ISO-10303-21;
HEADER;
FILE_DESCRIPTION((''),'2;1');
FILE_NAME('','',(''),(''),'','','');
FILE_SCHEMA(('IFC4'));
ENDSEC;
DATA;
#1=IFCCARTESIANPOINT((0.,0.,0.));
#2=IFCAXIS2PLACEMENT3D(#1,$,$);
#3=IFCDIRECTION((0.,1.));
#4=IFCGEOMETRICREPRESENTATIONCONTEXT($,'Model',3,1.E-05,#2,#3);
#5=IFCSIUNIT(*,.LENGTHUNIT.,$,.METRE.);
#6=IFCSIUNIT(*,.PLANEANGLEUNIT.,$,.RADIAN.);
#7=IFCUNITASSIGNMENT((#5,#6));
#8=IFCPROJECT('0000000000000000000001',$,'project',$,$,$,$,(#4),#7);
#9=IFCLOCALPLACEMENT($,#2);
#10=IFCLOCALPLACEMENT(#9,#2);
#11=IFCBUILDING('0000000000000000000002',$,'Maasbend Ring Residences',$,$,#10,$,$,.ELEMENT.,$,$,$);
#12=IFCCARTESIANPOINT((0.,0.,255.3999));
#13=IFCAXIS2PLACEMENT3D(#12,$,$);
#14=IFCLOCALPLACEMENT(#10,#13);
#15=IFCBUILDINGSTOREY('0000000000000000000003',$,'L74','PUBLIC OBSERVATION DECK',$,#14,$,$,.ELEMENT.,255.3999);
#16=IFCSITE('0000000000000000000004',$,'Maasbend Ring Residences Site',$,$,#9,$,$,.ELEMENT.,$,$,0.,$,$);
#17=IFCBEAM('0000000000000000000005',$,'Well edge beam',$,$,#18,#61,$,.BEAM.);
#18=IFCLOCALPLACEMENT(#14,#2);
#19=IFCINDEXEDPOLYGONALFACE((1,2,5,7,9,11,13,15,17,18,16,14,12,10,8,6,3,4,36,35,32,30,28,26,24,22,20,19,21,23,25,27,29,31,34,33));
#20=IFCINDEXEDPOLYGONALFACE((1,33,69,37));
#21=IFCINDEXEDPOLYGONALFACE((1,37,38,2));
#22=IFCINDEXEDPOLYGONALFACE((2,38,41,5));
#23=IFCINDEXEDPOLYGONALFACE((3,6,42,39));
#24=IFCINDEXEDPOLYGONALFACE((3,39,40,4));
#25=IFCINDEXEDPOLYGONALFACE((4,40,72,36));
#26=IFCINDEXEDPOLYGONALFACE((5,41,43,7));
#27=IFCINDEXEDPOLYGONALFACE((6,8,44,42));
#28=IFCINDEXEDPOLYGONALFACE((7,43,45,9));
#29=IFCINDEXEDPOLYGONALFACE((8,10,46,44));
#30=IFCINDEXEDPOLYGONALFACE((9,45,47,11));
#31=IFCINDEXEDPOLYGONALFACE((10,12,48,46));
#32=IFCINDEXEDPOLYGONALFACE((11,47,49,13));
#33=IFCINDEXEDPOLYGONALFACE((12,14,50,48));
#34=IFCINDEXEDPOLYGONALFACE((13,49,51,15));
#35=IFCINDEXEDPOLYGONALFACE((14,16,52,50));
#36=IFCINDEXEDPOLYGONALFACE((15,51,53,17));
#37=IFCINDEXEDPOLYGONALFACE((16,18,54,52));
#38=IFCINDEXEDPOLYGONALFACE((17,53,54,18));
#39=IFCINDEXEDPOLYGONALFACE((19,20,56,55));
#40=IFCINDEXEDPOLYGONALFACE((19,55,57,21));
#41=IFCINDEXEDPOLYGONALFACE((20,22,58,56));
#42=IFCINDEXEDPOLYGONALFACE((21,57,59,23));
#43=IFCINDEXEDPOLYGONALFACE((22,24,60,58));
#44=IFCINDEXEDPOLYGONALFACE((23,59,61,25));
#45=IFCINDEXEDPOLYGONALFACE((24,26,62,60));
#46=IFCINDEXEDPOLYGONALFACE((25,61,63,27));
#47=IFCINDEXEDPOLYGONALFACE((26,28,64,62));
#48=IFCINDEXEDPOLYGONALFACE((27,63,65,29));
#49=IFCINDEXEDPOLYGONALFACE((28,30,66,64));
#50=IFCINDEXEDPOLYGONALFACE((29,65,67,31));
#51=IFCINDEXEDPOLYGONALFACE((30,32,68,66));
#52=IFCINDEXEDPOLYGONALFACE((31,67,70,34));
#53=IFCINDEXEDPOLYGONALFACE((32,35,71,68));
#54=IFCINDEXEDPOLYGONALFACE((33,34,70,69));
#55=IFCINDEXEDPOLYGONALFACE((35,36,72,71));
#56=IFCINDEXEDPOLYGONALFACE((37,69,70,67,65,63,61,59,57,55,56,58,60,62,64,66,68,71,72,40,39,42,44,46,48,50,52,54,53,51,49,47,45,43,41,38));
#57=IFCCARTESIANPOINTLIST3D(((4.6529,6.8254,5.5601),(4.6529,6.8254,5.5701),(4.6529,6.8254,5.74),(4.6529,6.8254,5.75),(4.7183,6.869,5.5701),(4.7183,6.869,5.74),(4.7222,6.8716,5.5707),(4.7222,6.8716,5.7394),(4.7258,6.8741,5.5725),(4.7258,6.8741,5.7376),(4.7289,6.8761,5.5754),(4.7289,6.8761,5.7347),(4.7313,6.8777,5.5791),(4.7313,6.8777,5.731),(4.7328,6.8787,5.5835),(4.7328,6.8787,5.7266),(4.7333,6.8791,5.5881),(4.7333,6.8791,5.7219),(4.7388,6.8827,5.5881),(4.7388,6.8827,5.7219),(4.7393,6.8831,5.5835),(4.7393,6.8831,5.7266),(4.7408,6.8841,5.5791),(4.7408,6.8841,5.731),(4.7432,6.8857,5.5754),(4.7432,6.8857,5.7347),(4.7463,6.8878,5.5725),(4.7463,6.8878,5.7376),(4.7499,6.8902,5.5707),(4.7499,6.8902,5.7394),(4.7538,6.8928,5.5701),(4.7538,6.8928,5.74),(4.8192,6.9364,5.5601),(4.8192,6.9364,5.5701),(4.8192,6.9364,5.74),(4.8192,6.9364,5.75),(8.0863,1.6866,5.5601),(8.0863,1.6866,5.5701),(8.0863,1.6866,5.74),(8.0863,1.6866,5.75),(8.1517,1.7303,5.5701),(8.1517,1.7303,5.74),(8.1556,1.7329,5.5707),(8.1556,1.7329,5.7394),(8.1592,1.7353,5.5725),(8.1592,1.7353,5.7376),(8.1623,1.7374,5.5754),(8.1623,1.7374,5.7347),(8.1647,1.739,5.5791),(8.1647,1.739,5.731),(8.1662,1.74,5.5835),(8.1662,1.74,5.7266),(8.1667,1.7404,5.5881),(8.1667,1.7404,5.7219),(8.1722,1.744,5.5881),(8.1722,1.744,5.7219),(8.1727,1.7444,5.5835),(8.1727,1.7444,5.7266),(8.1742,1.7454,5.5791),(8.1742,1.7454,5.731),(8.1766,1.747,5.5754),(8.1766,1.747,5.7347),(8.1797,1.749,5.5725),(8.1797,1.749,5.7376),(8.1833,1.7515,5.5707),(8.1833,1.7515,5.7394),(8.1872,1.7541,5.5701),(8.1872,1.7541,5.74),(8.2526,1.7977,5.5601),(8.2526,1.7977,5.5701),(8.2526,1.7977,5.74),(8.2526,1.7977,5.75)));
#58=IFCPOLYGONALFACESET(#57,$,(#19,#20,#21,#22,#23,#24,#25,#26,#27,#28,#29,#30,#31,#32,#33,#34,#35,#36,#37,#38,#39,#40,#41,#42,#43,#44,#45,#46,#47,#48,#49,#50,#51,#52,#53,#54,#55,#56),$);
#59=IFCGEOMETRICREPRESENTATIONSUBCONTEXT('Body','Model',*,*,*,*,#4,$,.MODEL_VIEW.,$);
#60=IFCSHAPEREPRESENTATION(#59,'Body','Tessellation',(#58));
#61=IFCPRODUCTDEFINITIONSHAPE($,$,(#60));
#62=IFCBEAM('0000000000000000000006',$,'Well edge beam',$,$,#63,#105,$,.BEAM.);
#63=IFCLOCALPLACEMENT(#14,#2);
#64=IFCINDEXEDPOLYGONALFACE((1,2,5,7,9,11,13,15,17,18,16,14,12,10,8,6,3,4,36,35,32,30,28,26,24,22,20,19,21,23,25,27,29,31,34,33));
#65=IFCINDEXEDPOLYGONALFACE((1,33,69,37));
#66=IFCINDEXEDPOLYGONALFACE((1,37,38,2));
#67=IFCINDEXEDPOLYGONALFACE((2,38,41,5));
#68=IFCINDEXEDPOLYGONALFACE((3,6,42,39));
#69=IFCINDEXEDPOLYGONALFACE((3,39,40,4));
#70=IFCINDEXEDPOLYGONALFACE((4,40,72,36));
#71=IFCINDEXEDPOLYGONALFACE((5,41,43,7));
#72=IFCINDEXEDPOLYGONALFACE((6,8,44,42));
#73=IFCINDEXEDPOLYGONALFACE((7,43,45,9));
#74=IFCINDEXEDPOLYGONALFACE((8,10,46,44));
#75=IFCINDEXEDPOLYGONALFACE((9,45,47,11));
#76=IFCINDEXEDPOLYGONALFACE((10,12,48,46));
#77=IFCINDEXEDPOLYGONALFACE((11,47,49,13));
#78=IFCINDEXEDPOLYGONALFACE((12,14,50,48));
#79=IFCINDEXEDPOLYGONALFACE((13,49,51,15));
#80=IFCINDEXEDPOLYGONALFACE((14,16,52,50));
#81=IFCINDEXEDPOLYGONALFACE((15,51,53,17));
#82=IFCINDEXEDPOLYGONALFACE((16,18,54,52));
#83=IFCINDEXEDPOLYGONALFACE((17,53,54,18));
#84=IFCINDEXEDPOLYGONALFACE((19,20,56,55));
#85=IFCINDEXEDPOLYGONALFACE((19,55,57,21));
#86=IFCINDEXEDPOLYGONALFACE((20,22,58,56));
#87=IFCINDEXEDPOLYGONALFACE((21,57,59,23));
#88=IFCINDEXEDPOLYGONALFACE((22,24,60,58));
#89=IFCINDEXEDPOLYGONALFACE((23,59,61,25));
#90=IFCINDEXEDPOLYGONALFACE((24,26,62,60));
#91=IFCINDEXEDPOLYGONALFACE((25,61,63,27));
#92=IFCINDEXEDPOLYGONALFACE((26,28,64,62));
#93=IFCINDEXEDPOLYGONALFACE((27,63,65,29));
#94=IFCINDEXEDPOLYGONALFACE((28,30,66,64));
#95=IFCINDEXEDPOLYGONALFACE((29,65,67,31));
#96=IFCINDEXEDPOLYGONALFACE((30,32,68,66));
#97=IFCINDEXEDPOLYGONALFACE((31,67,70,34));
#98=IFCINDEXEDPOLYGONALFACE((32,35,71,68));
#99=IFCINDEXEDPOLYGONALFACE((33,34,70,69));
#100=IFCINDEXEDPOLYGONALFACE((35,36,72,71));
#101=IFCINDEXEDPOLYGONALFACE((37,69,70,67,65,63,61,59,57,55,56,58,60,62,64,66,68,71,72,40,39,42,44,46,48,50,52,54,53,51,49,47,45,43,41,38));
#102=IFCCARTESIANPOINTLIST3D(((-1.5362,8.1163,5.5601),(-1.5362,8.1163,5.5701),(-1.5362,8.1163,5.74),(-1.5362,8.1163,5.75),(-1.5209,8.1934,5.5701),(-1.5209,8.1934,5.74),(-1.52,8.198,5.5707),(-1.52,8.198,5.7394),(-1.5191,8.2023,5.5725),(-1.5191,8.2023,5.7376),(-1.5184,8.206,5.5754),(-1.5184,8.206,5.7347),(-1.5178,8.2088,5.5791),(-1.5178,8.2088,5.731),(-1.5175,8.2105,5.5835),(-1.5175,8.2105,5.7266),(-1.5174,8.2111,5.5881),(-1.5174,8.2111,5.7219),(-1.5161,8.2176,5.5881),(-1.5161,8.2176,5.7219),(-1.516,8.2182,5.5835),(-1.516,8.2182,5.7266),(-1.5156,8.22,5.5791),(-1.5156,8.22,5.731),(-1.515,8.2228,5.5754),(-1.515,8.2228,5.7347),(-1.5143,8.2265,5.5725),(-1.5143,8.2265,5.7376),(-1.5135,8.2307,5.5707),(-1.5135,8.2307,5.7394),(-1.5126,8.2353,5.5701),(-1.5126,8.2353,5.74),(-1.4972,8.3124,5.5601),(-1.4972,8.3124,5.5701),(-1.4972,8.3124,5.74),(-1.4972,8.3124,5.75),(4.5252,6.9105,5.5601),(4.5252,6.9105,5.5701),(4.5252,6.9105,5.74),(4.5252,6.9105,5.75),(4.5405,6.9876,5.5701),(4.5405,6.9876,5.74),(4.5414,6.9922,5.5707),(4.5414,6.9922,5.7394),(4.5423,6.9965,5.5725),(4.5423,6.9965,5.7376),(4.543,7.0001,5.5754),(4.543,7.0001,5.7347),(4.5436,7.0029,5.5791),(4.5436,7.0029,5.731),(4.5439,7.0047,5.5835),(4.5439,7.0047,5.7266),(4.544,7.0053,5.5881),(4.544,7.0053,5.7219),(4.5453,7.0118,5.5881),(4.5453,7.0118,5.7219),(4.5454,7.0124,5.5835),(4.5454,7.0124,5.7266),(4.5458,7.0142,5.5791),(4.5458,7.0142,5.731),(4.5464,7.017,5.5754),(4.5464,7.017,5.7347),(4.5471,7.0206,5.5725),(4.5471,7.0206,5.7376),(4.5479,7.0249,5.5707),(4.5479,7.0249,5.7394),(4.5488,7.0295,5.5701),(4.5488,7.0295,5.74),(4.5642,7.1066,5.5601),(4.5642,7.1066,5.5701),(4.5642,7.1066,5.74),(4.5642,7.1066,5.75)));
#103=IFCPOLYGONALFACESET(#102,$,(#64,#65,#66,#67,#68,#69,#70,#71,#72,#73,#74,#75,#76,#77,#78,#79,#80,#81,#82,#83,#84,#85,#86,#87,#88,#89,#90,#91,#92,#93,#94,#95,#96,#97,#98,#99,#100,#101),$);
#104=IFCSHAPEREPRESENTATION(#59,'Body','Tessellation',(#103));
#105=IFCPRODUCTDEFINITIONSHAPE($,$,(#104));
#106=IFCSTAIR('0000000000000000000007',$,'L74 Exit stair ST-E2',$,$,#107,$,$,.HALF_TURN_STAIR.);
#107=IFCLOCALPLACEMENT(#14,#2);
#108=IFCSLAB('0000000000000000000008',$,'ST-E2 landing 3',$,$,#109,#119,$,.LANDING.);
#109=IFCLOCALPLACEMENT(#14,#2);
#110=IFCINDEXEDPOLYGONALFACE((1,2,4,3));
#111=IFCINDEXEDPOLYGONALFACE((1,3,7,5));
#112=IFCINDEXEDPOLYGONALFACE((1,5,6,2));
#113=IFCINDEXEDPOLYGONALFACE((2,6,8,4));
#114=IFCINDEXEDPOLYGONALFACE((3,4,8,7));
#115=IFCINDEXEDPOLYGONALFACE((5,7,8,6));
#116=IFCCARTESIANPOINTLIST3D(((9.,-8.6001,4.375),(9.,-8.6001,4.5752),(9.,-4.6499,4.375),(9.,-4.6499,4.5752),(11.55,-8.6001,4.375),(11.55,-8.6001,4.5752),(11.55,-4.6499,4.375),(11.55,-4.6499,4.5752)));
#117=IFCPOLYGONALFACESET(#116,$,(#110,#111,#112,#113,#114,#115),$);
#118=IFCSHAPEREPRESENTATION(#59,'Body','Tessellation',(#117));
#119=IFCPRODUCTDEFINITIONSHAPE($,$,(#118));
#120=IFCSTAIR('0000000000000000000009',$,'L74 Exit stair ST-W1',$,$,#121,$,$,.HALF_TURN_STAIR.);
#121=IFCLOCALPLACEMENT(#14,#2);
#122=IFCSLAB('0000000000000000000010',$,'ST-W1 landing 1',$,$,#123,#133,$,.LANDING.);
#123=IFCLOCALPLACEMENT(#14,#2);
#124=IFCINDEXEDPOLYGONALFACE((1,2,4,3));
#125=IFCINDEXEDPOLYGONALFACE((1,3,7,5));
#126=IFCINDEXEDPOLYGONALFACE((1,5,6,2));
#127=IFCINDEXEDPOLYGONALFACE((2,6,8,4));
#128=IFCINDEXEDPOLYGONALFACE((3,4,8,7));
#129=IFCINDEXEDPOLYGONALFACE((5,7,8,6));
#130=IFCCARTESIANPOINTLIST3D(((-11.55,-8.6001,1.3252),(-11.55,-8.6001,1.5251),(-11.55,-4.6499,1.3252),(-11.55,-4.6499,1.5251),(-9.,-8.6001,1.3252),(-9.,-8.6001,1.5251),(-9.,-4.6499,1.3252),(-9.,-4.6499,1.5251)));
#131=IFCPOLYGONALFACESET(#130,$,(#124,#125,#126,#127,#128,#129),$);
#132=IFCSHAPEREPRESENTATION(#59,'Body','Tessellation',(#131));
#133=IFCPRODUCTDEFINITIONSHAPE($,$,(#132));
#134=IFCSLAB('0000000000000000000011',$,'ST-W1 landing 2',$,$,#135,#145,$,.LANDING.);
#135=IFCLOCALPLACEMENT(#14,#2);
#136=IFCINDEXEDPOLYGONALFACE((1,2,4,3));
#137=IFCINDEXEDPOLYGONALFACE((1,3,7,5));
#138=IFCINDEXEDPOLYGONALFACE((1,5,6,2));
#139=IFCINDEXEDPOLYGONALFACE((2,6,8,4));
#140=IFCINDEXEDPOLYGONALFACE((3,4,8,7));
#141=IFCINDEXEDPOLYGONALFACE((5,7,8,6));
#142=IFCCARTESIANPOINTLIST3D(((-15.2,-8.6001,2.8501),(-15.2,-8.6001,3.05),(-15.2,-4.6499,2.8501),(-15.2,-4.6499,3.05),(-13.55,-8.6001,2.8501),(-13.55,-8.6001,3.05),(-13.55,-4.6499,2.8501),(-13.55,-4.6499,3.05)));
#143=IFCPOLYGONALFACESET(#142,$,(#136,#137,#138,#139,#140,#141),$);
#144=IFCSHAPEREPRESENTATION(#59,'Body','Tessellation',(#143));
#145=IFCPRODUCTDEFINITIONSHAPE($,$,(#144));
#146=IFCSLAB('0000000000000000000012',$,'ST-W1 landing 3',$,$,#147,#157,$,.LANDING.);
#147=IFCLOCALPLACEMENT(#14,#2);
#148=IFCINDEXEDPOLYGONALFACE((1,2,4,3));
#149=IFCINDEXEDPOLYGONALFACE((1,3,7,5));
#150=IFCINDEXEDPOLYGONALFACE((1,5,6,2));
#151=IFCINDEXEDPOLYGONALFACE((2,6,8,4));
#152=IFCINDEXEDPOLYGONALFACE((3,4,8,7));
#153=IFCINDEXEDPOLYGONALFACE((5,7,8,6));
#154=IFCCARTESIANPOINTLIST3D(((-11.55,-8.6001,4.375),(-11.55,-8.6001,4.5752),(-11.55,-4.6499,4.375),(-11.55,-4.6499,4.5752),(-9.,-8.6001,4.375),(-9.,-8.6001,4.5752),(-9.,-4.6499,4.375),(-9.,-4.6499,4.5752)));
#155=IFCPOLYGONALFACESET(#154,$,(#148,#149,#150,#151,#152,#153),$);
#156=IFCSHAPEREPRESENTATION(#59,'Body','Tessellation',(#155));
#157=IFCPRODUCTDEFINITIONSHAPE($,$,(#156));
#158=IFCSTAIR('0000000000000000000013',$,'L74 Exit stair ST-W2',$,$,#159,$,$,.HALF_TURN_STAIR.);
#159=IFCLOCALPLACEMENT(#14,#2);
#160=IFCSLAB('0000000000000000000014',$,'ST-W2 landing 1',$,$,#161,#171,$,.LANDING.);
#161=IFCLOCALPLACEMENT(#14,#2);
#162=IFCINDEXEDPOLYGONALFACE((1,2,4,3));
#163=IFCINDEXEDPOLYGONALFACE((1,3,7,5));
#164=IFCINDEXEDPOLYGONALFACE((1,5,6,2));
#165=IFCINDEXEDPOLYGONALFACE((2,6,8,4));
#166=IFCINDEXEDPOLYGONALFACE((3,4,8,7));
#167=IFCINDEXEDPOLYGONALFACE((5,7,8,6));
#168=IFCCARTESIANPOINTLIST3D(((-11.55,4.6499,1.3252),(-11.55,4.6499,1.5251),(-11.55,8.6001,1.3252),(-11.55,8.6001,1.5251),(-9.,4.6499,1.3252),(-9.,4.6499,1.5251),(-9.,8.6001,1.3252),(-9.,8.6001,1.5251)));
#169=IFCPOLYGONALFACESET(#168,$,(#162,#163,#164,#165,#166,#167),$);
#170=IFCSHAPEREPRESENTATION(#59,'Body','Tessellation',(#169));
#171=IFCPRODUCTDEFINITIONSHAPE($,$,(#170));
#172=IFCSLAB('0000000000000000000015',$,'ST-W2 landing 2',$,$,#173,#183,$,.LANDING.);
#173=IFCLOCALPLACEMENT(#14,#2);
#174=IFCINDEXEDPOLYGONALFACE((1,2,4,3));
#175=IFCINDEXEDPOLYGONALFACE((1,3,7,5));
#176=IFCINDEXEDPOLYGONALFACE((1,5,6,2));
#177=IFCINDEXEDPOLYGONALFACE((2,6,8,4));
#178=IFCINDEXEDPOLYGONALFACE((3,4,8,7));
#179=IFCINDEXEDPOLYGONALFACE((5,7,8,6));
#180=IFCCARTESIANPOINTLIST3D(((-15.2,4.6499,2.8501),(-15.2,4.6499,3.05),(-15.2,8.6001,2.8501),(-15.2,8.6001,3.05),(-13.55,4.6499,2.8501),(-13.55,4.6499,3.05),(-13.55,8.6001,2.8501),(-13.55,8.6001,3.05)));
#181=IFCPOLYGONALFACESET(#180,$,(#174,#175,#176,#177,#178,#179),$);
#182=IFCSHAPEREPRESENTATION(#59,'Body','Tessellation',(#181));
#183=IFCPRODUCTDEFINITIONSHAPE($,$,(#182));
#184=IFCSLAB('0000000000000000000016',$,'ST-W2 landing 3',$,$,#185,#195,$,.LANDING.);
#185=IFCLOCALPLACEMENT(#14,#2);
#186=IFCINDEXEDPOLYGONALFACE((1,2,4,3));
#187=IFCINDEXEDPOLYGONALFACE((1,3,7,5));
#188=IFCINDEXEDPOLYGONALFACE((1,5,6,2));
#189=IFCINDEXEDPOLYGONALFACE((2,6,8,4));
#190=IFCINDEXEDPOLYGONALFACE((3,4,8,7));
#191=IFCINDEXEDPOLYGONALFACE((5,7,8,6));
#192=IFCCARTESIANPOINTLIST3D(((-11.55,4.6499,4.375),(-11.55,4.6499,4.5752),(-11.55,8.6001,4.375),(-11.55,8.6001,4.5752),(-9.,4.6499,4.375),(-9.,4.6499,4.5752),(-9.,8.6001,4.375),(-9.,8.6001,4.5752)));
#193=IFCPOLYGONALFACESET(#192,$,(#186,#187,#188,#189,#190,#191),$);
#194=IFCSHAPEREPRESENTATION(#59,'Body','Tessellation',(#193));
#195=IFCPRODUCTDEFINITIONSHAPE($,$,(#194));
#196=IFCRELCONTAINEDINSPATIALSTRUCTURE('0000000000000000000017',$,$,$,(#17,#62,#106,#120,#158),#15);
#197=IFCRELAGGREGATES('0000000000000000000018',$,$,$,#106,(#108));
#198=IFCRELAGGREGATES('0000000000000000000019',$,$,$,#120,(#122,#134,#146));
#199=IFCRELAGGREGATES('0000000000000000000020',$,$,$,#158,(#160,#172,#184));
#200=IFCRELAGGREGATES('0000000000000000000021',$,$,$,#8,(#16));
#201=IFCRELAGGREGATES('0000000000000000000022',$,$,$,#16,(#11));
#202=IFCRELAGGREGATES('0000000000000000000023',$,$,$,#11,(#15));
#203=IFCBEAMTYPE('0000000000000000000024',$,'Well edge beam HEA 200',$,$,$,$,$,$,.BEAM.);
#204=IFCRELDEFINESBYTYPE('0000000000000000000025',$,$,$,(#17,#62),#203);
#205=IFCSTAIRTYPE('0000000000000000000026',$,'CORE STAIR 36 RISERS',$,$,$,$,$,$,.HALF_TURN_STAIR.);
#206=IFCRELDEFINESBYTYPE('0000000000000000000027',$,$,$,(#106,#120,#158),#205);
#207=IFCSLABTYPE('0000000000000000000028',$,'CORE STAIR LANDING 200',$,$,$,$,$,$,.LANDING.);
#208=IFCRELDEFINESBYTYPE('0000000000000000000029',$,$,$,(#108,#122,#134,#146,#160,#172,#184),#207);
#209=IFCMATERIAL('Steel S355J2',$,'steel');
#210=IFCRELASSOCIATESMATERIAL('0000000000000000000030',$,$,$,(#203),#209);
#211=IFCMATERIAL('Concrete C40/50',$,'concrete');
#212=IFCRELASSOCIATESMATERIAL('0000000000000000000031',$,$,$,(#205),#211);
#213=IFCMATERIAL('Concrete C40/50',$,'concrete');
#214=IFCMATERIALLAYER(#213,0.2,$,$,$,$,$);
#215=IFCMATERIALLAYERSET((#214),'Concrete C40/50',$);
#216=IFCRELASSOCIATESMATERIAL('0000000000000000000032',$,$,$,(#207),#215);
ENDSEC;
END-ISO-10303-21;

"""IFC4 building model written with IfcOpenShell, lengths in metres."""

from ifc_helpers import new_model, si_unit, direction, frame, origin, origin_2d, place, context, subcontext, project, spatial, polyline, i_section, outline, extrude, material, layer, layer_set, material_profile, profile_set, type_object, element, aggregate, save


model = new_model("IFC4")

# Units and contexts
model_context = context("Model", 3, precision=1e-05, world=origin(), true_north=direction((0.0, 1.0)))
body_context = subcontext(model_context, "Body", "Model", "MODEL_VIEW")
ifc_project = project(units=[si_unit("LENGTHUNIT", "METRE"), si_unit("PLANEANGLEUNIT", "RADIAN")], contexts=[model_context])

# Site, building, storey
site_placement = place(None, origin())
site = spatial("IfcSite", under=ifc_project, at=site_placement, Name="Maasbend Ring Residences Site", CompositionType="ELEMENT", RefElevation=0.0)
building_placement = place(site_placement, origin())
building = spatial("IfcBuilding", under=site, at=building_placement, Name="Maasbend Ring Residences", CompositionType="ELEMENT")
storey_placement = place(building_placement, frame((0.0, 0.0, 255.3999)))
storey = spatial("IfcBuildingStorey", under=building, at=storey_placement, Name="L74", Description="PUBLIC OBSERVATION DECK", CompositionType="ELEMENT", Elevation=255.3999)

# Beams
ifc_material_1 = material(Name="Steel S355J2", Category="steel")
ifc_material_profile_1 = material_profile(ifc_material_1, i_section(OverallWidth=0.2, OverallDepth=0.1899, WebThickness=0.0066, FlangeThickness=0.01, FilletRadius=0.0181, at=origin_2d()), Name="HEA 200")
ifc_profile_set_1 = profile_set([ifc_material_profile_1], Name="Steel S355J2")
beam_type_1 = type_object("IfcBeamType", Name="Well edge beam HEA 200", PredefinedType="BEAM", material=ifc_profile_set_1)
for number, where, z_axis, x_axis, name in (
    (1, (8.1694, 1.7422, 5.655), (-0.555548, 0.831485, 0.0), (-0.831485, -0.555548, 0.0), "Well edge beam"),
    (2, (4.5447, 7.0085, 5.655), (-0.980781, 0.195113, 0.0), (-0.195113, -0.980781, 0.0), "Well edge beam"),
):
    element("IfcBeam", number, at=place(storey_placement, frame(where, z_axis=z_axis, x_axis=x_axis)), inside=storey, type_object=beam_type_1, Name=name, PredefinedType="BEAM", context=body_context, shape_type="SweptSolid", body=[
        extrude(i_section(OverallWidth=0.2, OverallDepth=0.1899, WebThickness=0.0066, FlangeThickness=0.01, FilletRadius=0.0181, at=origin_2d()), origin(), (0.0, 0.0, 1.0), 6.1802),
    ])

# Stair, slab
ifc_material_2 = material(Name="Concrete C40/50", Category="concrete")
stair_type = type_object("IfcStairType", Name="CORE STAIR 36 RISERS", PredefinedType="HALF_TURN_STAIR", material=ifc_material_2)
stair_1_placement = place(storey_placement, origin())
stair_1 = element("IfcStair", 3, at=stair_1_placement, inside=storey, type_object=stair_type, Name="L74 Exit stair ST-E2", PredefinedType="HALF_TURN_STAIR")
ifc_material_3 = material(Name="Concrete C40/50", Category="concrete")
ifc_layer_1 = layer(ifc_material_3, 0.2)
ifc_layer_set_1 = layer_set([ifc_layer_1], Name="Concrete C40/50")
slab_type = type_object("IfcSlabType", Name="CORE STAIR LANDING 200", PredefinedType="LANDING", material=ifc_layer_set_1)
slab_1_placement = place(storey_placement, frame((0.0, 0.0, 4.375)))
slab_1 = element("IfcSlab", 4, at=slab_1_placement, type_object=slab_type, Name="ST-E2 landing 3", PredefinedType="LANDING", context=body_context, shape_type="SweptSolid", body=[
    extrude(outline(polyline([(11.55, -4.6499), (9.0, -4.6499), (9.0, -8.6001), (11.55, -8.6001), (11.55, -4.6499)])), origin(), (0.0, 0.0, 1.0), 0.2002),
])
aggregate(stair_1, [slab_1])

# Stairs, slabs
stair_2_placement = place(storey_placement, origin())
stair_2 = element("IfcStair", 5, at=stair_2_placement, inside=storey, type_object=stair_type, Name="L74 Exit stair ST-W1", PredefinedType="HALF_TURN_STAIR")
slab_2_placement = place(storey_placement, frame((0.0, 0.0, 1.3252)))
slab_2 = element("IfcSlab", 6, at=slab_2_placement, type_object=slab_type, Name="ST-W1 landing 1", PredefinedType="LANDING", context=body_context, shape_type="SweptSolid", body=[
    extrude(outline(polyline([(-11.55, -8.6001), (-9.0, -8.6001), (-9.0, -4.6499), (-11.55, -4.6499), (-11.55, -8.6001)])), origin(), (0.0, 0.0, 1.0), 0.2),
])
slab_3_placement = place(storey_placement, frame((0.0, 0.0, 2.8501)))
slab_3 = element("IfcSlab", 7, at=slab_3_placement, type_object=slab_type, Name="ST-W1 landing 2", PredefinedType="LANDING", context=body_context, shape_type="SweptSolid", body=[
    extrude(outline(polyline([(-15.2, -8.6001), (-13.55, -8.6001), (-13.55, -4.6499), (-15.2, -4.6499), (-15.2, -8.6001)])), origin(), (0.0, 0.0, 1.0), 0.2),
])
slab_4_placement = place(storey_placement, frame((0.0, 0.0, 4.375)))
slab_4 = element("IfcSlab", 8, at=slab_4_placement, type_object=slab_type, Name="ST-W1 landing 3", PredefinedType="LANDING", context=body_context, shape_type="SweptSolid", body=[
    extrude(outline(polyline([(-11.55, -8.6001), (-9.0, -8.6001), (-9.0, -4.6499), (-11.55, -4.6499), (-11.55, -8.6001)])), origin(), (0.0, 0.0, 1.0), 0.2002),
])
aggregate(stair_2, [slab_2, slab_3, slab_4])
stair_3_placement = place(storey_placement, origin())
stair_3 = element("IfcStair", 9, at=stair_3_placement, inside=storey, type_object=stair_type, Name="L74 Exit stair ST-W2", PredefinedType="HALF_TURN_STAIR")
slab_5_placement = place(storey_placement, frame((0.0, 0.0, 1.3252)))
slab_5 = element("IfcSlab", 10, at=slab_5_placement, type_object=slab_type, Name="ST-W2 landing 1", PredefinedType="LANDING", context=body_context, shape_type="SweptSolid", body=[
    extrude(outline(polyline([(-11.55, 4.6499), (-9.0, 4.6499), (-9.0, 8.6001), (-11.55, 8.6001), (-11.55, 4.6499)])), origin(), (0.0, 0.0, 1.0), 0.2),
])
slab_6_placement = place(storey_placement, frame((0.0, 0.0, 2.8501)))
slab_6 = element("IfcSlab", 11, at=slab_6_placement, type_object=slab_type, Name="ST-W2 landing 2", PredefinedType="LANDING", context=body_context, shape_type="SweptSolid", body=[
    extrude(outline(polyline([(-15.2, 4.6499), (-13.55, 4.6499), (-13.55, 8.6001), (-15.2, 8.6001), (-15.2, 4.6499)])), origin(), (0.0, 0.0, 1.0), 0.2),
])
slab_7_placement = place(storey_placement, frame((0.0, 0.0, 4.375)))
slab_7 = element("IfcSlab", 12, at=slab_7_placement, type_object=slab_type, Name="ST-W2 landing 3", PredefinedType="LANDING", context=body_context, shape_type="SweptSolid", body=[
    extrude(outline(polyline([(-11.55, 4.6499), (-9.0, 4.6499), (-9.0, 8.6001), (-11.55, 8.6001), (-11.55, 4.6499)])), origin(), (0.0, 0.0, 1.0), 0.2002),
])
aggregate(stair_3, [slab_5, slab_6, slab_7])

save(model, "model.ifc")
